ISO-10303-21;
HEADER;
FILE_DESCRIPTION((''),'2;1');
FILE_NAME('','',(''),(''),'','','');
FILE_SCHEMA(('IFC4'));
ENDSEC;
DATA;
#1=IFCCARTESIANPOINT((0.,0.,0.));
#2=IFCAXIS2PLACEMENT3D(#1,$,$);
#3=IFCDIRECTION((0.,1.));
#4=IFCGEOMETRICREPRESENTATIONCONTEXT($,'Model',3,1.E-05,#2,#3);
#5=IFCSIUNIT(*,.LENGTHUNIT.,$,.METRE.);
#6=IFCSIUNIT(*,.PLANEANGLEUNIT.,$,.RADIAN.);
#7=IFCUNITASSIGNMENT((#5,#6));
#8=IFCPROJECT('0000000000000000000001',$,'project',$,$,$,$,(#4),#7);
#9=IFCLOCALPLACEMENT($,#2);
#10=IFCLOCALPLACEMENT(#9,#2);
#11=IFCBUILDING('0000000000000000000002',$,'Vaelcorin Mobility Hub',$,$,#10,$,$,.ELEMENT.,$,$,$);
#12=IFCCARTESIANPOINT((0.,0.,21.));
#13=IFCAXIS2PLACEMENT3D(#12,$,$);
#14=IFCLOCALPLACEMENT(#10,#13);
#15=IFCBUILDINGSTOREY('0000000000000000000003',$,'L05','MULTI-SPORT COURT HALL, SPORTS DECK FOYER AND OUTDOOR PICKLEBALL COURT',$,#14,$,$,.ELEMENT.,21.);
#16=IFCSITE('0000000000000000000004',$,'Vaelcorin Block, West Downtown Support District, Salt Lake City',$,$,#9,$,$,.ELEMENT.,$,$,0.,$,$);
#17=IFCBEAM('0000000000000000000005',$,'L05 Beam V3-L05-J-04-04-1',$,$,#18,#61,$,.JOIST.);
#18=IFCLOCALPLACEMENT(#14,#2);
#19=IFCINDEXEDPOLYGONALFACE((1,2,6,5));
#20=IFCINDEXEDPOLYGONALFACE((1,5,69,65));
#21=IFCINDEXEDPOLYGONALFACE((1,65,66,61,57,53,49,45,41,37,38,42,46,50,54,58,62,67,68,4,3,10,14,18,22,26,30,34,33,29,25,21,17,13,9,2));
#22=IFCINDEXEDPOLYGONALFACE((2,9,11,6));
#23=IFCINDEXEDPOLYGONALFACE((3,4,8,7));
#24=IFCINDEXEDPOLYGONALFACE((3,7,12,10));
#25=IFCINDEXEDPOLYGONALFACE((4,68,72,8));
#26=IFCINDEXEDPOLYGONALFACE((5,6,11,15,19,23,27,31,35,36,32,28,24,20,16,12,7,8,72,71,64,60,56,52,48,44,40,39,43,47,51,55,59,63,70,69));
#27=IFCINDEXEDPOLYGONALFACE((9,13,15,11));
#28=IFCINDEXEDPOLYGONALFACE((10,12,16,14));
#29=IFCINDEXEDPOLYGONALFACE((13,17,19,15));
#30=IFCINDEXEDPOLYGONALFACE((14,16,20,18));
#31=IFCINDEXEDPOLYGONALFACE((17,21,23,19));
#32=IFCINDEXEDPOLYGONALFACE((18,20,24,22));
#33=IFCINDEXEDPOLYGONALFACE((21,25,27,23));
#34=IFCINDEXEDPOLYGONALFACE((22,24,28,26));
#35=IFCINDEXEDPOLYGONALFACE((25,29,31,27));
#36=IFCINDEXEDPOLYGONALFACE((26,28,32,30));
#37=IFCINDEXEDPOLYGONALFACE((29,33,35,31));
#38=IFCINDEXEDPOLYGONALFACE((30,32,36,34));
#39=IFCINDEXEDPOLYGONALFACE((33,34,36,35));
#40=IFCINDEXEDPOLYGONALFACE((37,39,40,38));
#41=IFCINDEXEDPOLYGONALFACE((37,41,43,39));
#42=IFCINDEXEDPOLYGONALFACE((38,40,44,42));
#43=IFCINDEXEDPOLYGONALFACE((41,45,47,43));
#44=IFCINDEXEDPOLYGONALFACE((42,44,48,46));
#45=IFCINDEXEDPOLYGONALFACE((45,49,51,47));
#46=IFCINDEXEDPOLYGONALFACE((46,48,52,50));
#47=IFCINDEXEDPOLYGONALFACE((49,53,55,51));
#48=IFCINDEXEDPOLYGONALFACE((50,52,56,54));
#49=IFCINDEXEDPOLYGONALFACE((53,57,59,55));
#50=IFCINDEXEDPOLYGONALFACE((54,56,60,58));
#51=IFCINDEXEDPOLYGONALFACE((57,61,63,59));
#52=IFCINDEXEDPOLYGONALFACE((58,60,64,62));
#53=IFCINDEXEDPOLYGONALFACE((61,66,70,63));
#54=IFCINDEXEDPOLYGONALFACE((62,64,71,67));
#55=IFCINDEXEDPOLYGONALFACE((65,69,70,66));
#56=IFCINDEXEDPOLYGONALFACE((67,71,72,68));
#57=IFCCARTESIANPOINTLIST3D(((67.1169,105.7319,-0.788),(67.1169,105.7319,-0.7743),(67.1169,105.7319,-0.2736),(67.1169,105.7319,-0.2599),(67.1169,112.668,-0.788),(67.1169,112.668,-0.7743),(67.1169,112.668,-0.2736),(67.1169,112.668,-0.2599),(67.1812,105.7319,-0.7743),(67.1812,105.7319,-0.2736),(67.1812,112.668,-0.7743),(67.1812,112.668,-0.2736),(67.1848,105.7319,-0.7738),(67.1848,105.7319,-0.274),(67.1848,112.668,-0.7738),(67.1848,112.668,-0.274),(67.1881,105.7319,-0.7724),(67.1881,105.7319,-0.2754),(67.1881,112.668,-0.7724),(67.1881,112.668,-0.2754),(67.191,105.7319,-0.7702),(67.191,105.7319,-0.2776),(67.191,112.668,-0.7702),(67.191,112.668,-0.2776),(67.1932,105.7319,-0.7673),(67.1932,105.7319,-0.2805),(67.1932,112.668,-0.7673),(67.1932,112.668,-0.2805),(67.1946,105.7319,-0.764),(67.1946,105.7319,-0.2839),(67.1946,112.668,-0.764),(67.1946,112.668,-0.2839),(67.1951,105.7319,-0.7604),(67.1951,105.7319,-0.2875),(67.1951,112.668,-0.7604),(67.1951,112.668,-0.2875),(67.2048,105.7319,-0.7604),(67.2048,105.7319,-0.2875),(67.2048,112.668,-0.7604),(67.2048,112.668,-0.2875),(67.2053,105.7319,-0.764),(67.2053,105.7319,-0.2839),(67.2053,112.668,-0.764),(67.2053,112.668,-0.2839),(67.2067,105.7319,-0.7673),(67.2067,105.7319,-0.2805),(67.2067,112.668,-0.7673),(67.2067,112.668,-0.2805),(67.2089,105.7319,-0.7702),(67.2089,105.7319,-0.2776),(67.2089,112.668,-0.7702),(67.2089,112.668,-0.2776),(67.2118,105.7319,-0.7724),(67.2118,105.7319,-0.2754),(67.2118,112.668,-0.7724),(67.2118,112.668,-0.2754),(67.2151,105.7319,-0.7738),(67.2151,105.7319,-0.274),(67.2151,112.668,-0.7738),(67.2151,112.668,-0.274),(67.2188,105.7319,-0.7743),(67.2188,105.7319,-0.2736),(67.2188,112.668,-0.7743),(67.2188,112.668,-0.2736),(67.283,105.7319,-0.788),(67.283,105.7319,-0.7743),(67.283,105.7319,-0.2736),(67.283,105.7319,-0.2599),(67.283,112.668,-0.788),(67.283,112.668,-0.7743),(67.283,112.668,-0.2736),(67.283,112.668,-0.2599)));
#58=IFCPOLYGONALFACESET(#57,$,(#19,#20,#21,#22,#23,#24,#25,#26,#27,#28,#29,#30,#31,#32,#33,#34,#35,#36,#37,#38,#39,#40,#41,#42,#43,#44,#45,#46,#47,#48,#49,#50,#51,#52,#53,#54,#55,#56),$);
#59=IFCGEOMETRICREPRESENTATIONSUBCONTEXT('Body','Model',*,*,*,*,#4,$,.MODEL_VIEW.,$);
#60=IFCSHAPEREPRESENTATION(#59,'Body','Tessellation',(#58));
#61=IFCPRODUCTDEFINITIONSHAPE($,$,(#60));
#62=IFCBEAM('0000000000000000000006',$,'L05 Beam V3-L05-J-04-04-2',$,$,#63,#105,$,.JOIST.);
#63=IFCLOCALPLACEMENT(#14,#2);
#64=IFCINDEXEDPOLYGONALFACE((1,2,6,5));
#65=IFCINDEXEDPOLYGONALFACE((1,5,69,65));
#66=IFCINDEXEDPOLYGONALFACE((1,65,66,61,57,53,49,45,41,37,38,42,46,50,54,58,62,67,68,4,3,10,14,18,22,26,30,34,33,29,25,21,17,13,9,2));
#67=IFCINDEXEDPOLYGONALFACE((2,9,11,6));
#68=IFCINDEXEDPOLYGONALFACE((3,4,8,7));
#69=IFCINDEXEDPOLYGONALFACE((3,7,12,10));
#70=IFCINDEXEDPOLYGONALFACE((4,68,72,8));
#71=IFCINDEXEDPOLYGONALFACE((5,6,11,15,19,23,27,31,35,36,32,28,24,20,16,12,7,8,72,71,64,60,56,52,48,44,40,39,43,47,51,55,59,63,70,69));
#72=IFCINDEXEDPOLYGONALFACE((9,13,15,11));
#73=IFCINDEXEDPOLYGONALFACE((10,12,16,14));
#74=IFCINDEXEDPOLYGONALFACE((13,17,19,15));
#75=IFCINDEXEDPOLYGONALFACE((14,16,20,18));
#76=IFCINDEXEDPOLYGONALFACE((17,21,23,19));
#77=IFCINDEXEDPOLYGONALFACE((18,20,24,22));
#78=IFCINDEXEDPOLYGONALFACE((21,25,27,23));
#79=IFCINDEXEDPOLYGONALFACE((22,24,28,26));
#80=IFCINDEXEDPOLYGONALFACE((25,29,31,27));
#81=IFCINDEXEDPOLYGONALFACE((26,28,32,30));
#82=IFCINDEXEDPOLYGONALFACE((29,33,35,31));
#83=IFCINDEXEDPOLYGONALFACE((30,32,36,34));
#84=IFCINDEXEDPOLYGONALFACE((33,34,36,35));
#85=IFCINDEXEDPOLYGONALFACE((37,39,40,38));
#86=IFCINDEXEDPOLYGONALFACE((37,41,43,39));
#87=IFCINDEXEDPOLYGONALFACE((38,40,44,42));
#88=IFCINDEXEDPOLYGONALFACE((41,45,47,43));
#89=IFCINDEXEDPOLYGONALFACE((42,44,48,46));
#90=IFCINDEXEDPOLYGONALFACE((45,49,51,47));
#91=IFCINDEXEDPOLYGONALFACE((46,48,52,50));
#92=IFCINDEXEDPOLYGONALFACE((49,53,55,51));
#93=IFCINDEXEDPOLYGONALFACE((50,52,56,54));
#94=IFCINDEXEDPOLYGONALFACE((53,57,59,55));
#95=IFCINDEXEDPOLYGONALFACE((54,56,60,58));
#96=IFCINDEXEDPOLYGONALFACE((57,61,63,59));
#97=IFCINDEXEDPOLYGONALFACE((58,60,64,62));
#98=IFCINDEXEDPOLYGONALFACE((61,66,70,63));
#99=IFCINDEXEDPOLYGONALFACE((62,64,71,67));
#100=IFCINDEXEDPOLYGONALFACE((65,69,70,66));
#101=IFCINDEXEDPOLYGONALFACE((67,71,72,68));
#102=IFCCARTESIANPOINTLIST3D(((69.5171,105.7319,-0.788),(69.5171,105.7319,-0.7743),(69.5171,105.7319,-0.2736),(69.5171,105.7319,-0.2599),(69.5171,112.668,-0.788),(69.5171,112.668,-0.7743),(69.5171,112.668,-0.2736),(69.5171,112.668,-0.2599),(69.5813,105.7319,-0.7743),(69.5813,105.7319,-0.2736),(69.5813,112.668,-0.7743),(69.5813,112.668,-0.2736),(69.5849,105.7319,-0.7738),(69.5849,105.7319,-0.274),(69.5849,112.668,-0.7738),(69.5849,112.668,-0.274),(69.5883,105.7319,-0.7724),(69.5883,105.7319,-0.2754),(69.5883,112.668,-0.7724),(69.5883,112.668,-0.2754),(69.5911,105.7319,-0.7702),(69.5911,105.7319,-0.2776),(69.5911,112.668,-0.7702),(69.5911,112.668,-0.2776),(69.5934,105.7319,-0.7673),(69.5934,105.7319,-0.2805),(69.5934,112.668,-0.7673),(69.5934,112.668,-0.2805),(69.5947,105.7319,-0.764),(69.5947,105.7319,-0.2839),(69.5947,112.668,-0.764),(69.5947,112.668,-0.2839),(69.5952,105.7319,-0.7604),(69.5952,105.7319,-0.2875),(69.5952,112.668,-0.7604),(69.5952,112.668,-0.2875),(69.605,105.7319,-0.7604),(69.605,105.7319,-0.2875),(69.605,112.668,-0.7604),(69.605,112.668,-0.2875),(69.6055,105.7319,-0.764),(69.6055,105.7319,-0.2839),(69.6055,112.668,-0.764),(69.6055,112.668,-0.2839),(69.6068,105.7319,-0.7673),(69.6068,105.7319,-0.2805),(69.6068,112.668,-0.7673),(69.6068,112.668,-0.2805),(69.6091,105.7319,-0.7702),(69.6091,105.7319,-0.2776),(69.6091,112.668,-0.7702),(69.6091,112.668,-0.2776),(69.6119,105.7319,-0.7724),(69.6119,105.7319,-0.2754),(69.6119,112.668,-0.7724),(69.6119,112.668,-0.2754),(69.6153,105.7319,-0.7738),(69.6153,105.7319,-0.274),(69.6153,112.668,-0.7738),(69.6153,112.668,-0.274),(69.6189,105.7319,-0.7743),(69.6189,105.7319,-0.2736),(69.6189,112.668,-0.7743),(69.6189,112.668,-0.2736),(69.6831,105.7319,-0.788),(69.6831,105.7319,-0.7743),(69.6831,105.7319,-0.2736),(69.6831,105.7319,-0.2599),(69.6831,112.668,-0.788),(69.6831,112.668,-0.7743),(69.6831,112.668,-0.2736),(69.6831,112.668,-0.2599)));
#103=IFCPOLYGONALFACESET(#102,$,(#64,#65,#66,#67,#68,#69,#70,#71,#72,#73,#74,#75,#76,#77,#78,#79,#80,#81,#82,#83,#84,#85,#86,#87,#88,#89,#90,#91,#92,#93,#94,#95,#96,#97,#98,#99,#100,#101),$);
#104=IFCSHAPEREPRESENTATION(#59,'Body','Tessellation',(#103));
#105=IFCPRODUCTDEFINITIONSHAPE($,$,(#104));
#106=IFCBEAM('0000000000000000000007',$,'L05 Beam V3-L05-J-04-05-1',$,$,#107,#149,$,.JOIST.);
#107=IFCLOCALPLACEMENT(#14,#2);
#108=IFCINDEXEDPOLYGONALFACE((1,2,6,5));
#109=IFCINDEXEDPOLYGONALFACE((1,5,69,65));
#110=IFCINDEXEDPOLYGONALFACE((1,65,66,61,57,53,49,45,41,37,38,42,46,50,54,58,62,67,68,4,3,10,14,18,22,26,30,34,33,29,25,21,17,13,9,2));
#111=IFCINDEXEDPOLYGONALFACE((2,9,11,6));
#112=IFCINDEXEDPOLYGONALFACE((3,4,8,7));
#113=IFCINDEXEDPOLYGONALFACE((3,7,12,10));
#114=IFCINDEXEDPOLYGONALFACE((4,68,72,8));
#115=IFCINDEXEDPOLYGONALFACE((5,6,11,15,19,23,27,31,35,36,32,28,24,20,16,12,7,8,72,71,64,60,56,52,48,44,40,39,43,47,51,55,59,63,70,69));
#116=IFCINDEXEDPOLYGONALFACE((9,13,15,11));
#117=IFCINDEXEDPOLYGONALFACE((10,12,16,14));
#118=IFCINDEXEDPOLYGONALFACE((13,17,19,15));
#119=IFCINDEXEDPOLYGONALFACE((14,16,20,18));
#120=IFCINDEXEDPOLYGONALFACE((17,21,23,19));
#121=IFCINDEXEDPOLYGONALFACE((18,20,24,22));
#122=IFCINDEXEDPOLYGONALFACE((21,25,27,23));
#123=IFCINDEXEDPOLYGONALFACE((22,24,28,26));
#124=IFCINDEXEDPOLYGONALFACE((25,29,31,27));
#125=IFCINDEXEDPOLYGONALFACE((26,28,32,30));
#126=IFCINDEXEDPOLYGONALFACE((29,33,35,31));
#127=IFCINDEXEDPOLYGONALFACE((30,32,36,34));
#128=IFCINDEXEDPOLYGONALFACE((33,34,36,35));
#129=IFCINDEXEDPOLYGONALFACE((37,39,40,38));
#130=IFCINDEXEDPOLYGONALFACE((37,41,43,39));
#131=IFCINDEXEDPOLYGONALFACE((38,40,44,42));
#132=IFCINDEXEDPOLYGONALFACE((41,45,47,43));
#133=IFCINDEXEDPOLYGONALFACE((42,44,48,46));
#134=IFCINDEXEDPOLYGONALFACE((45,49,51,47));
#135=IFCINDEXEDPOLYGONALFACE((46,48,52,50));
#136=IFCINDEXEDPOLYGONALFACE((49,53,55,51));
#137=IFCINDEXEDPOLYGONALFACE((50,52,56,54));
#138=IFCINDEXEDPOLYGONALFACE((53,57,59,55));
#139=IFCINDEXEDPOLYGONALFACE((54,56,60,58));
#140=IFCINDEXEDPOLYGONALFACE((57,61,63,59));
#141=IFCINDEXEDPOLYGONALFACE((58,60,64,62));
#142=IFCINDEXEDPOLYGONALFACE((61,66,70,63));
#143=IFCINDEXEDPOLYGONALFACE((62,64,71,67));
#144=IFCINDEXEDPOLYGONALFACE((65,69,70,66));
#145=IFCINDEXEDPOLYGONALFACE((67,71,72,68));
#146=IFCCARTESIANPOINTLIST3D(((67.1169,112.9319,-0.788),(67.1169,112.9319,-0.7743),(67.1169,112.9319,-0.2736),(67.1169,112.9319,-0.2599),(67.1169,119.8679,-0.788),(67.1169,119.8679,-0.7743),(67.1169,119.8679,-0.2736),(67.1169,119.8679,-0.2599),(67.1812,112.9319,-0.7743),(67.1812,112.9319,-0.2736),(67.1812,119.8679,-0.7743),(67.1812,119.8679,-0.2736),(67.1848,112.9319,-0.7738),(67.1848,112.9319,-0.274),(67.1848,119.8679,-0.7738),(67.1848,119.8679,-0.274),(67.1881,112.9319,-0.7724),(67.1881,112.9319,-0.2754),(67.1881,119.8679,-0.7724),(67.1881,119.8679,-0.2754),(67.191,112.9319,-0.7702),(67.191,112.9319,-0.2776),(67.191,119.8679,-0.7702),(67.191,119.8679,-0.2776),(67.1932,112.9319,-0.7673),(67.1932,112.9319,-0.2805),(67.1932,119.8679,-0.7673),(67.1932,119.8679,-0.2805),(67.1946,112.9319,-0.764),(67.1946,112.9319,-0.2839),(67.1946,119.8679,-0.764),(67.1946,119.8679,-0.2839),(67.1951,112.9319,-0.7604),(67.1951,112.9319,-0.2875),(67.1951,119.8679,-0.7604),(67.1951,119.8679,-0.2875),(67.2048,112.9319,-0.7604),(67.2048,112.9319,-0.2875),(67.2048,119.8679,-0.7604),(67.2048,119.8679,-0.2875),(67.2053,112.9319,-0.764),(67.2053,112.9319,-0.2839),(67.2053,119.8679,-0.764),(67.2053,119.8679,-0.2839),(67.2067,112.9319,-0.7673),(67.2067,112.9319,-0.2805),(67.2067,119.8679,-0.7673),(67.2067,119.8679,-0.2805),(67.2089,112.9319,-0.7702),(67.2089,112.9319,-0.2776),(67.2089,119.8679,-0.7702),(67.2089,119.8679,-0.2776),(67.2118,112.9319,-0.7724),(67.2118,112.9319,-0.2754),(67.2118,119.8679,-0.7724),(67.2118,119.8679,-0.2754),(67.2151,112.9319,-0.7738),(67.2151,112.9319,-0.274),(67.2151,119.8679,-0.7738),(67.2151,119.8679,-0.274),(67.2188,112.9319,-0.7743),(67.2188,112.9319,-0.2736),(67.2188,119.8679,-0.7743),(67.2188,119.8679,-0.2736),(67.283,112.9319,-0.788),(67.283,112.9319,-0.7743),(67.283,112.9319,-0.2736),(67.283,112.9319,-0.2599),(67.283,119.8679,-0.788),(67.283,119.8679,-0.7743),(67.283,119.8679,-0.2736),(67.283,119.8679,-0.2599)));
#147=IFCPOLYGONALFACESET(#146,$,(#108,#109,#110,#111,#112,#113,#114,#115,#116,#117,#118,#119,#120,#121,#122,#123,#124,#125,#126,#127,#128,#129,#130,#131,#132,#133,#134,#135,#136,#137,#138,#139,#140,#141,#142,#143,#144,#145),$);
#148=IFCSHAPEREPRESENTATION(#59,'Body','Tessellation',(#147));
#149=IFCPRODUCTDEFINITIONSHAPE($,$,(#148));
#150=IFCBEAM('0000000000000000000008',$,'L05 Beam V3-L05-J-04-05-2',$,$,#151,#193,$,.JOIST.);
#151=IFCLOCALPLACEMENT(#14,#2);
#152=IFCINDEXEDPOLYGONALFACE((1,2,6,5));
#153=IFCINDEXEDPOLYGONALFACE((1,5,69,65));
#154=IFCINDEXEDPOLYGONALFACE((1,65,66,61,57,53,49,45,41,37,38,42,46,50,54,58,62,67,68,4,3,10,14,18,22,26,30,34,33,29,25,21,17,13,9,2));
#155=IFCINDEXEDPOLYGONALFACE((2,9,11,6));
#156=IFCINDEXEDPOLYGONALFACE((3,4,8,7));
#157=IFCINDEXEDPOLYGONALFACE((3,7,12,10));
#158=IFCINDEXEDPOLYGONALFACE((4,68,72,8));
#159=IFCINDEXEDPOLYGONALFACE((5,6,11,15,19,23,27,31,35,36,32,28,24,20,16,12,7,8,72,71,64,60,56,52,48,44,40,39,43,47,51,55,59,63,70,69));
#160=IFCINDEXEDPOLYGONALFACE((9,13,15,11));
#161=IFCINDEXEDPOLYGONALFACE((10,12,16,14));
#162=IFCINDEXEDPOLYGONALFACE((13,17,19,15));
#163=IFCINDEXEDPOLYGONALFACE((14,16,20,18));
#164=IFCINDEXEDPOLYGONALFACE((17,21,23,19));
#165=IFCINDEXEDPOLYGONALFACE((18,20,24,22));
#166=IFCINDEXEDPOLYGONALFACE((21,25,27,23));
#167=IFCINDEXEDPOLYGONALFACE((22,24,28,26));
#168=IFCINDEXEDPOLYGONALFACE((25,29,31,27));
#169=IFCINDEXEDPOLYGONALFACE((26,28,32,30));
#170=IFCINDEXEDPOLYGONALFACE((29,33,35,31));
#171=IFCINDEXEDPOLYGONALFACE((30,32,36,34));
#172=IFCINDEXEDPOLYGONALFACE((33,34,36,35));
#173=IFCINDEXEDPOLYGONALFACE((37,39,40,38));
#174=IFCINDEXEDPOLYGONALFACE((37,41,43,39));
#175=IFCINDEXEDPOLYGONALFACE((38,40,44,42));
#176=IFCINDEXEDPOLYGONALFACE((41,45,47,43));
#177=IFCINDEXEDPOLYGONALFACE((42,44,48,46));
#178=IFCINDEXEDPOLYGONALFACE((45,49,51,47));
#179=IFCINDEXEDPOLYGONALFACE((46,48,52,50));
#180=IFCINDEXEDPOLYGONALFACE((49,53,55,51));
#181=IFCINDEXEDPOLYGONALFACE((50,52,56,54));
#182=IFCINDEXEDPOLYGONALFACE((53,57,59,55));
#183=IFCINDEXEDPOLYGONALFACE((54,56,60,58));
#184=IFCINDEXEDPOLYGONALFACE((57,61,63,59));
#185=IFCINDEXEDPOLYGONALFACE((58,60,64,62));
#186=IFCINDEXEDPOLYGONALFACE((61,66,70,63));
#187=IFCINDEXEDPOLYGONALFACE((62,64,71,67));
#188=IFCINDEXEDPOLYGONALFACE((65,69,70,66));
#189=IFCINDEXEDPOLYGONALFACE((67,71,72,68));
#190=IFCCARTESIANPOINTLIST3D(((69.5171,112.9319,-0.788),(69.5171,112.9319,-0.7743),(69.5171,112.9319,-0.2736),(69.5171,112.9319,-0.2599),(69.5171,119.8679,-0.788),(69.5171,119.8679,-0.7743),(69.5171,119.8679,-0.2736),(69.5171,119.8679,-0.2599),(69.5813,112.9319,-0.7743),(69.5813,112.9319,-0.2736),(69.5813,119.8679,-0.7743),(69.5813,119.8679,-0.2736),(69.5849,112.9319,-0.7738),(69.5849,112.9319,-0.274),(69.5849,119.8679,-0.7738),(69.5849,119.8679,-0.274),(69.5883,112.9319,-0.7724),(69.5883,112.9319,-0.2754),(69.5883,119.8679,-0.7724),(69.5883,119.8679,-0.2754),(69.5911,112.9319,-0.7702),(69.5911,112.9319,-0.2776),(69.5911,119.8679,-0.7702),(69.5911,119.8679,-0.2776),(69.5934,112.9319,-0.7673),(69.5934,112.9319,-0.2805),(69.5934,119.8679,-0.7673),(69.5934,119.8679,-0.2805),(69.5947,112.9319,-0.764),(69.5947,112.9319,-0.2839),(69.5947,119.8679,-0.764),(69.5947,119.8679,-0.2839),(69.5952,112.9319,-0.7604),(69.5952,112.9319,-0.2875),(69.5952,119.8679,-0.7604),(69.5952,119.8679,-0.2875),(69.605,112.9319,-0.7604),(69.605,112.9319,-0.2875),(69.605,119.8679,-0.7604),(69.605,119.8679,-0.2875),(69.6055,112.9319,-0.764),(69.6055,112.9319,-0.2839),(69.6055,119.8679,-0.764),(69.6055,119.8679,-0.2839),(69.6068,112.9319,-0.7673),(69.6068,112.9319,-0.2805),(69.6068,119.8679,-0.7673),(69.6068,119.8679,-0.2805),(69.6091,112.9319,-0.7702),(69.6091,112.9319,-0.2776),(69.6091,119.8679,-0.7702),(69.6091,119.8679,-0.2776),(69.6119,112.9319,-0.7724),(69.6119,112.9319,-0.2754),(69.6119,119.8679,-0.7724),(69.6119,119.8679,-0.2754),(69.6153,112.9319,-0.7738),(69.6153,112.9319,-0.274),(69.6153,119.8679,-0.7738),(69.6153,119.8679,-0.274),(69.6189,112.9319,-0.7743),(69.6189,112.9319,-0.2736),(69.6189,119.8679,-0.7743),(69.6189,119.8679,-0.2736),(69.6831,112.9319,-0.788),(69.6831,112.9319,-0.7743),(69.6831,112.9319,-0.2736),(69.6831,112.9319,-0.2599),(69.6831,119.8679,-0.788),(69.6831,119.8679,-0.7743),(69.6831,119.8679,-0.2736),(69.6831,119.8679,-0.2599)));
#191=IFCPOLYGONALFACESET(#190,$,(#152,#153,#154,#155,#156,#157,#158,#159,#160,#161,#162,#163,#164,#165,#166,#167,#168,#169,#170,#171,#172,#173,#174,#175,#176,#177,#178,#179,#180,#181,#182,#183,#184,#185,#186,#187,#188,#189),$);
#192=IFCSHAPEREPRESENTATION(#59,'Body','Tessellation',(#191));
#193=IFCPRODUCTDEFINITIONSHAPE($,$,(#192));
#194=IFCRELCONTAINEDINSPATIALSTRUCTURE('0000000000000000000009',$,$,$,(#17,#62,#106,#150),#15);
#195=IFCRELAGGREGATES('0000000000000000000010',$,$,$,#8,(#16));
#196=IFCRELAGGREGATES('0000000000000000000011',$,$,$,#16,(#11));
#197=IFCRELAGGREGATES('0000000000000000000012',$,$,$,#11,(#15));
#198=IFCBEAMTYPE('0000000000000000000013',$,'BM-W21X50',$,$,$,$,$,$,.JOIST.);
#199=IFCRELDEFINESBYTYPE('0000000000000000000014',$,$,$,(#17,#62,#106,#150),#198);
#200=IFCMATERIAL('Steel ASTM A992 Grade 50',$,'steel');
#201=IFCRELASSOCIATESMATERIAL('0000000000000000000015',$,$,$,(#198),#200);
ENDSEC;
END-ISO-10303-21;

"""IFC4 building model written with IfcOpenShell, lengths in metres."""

from ifc_helpers import new_model, si_unit, direction, frame, origin, origin_2d, place, context, subcontext, project, spatial, i_section, extrude, material, material_profile, profile_set, type_object, element, save


model = new_model("IFC4")

# Units and contexts
model_context = context("Model", 3, precision=1e-05, world=origin(), true_north=direction((0.0, 1.0)))
body_context = subcontext(model_context, "Body", "Model", "MODEL_VIEW")
ifc_project = project(units=[si_unit("LENGTHUNIT", "METRE"), si_unit("PLANEANGLEUNIT", "RADIAN")], contexts=[model_context])

# Site, building, storey
site_placement = place(None, origin())
site = spatial("IfcSite", under=ifc_project, at=site_placement, Name="Vaelcorin Block, West Downtown Support District, Salt Lake City", CompositionType="ELEMENT", RefElevation=0.0)
building_placement = place(site_placement, origin())
building = spatial("IfcBuilding", under=site, at=building_placement, Name="Vaelcorin Mobility Hub", CompositionType="ELEMENT")
storey_placement = place(building_placement, frame((0.0, 0.0, 21.0)))
storey = spatial("IfcBuildingStorey", under=building, at=storey_placement, Name="L05", Description="MULTI-SPORT COURT HALL, SPORTS DECK FOYER AND OUTDOOR PICKLEBALL COURT", CompositionType="ELEMENT", Elevation=21.0)

# Shared definitions
ifc_material_1 = material(Name="Steel ASTM A992 Grade 50", Category="steel")

# Beams
ifc_material_profile_1 = material_profile(ifc_material_1, i_section(OverallWidth=0.166, OverallDepth=0.5281, WebThickness=0.0098, FlangeThickness=0.0137, FilletRadius=0.0139, at=origin_2d()), Name="W21X50")
ifc_profile_set_1 = profile_set([ifc_material_profile_1], Name="Steel ASTM A992 Grade 50")
beam_type_1 = type_object("IfcBeamType", Name="BM-W21X50", PredefinedType="JOIST", material=ifc_profile_set_1)
for number, where, z_axis, x_axis, name in (
    (1, (67.2, 105.7319, -0.5239), (0.0, 1.0, 0.0), (-1.0, 0.0, 0.0), "L05 Beam V3-L05-J-04-04-1"),
    (2, (69.6001, 105.7319, -0.5239), (0.0, 1.0, 0.0), (-1.0, 0.0, 0.0), "L05 Beam V3-L05-J-04-04-2"),
    (3, (67.2, 112.9319, -0.5239), (0.0, 1.0, 0.0), (-1.0, 0.0, 0.0), "L05 Beam V3-L05-J-04-05-1"),
    (4, (69.6001, 112.9319, -0.5239), (0.0, 1.0, 0.0), (-1.0, 0.0, 0.0), "L05 Beam V3-L05-J-04-05-2"),
):
    element("IfcBeam", number, at=place(storey_placement, frame(where, z_axis=z_axis, x_axis=x_axis)), inside=storey, type_object=beam_type_1, Name=name, PredefinedType="JOIST", context=body_context, shape_type="SweptSolid", body=[
        extrude(i_section(OverallWidth=0.166, OverallDepth=0.5281, WebThickness=0.0098, FlangeThickness=0.0137, FilletRadius=0.0139, at=origin_2d()), origin(), (0.0, 0.0, 1.0), 6.936),
    ])

save(model, "model.ifc")
